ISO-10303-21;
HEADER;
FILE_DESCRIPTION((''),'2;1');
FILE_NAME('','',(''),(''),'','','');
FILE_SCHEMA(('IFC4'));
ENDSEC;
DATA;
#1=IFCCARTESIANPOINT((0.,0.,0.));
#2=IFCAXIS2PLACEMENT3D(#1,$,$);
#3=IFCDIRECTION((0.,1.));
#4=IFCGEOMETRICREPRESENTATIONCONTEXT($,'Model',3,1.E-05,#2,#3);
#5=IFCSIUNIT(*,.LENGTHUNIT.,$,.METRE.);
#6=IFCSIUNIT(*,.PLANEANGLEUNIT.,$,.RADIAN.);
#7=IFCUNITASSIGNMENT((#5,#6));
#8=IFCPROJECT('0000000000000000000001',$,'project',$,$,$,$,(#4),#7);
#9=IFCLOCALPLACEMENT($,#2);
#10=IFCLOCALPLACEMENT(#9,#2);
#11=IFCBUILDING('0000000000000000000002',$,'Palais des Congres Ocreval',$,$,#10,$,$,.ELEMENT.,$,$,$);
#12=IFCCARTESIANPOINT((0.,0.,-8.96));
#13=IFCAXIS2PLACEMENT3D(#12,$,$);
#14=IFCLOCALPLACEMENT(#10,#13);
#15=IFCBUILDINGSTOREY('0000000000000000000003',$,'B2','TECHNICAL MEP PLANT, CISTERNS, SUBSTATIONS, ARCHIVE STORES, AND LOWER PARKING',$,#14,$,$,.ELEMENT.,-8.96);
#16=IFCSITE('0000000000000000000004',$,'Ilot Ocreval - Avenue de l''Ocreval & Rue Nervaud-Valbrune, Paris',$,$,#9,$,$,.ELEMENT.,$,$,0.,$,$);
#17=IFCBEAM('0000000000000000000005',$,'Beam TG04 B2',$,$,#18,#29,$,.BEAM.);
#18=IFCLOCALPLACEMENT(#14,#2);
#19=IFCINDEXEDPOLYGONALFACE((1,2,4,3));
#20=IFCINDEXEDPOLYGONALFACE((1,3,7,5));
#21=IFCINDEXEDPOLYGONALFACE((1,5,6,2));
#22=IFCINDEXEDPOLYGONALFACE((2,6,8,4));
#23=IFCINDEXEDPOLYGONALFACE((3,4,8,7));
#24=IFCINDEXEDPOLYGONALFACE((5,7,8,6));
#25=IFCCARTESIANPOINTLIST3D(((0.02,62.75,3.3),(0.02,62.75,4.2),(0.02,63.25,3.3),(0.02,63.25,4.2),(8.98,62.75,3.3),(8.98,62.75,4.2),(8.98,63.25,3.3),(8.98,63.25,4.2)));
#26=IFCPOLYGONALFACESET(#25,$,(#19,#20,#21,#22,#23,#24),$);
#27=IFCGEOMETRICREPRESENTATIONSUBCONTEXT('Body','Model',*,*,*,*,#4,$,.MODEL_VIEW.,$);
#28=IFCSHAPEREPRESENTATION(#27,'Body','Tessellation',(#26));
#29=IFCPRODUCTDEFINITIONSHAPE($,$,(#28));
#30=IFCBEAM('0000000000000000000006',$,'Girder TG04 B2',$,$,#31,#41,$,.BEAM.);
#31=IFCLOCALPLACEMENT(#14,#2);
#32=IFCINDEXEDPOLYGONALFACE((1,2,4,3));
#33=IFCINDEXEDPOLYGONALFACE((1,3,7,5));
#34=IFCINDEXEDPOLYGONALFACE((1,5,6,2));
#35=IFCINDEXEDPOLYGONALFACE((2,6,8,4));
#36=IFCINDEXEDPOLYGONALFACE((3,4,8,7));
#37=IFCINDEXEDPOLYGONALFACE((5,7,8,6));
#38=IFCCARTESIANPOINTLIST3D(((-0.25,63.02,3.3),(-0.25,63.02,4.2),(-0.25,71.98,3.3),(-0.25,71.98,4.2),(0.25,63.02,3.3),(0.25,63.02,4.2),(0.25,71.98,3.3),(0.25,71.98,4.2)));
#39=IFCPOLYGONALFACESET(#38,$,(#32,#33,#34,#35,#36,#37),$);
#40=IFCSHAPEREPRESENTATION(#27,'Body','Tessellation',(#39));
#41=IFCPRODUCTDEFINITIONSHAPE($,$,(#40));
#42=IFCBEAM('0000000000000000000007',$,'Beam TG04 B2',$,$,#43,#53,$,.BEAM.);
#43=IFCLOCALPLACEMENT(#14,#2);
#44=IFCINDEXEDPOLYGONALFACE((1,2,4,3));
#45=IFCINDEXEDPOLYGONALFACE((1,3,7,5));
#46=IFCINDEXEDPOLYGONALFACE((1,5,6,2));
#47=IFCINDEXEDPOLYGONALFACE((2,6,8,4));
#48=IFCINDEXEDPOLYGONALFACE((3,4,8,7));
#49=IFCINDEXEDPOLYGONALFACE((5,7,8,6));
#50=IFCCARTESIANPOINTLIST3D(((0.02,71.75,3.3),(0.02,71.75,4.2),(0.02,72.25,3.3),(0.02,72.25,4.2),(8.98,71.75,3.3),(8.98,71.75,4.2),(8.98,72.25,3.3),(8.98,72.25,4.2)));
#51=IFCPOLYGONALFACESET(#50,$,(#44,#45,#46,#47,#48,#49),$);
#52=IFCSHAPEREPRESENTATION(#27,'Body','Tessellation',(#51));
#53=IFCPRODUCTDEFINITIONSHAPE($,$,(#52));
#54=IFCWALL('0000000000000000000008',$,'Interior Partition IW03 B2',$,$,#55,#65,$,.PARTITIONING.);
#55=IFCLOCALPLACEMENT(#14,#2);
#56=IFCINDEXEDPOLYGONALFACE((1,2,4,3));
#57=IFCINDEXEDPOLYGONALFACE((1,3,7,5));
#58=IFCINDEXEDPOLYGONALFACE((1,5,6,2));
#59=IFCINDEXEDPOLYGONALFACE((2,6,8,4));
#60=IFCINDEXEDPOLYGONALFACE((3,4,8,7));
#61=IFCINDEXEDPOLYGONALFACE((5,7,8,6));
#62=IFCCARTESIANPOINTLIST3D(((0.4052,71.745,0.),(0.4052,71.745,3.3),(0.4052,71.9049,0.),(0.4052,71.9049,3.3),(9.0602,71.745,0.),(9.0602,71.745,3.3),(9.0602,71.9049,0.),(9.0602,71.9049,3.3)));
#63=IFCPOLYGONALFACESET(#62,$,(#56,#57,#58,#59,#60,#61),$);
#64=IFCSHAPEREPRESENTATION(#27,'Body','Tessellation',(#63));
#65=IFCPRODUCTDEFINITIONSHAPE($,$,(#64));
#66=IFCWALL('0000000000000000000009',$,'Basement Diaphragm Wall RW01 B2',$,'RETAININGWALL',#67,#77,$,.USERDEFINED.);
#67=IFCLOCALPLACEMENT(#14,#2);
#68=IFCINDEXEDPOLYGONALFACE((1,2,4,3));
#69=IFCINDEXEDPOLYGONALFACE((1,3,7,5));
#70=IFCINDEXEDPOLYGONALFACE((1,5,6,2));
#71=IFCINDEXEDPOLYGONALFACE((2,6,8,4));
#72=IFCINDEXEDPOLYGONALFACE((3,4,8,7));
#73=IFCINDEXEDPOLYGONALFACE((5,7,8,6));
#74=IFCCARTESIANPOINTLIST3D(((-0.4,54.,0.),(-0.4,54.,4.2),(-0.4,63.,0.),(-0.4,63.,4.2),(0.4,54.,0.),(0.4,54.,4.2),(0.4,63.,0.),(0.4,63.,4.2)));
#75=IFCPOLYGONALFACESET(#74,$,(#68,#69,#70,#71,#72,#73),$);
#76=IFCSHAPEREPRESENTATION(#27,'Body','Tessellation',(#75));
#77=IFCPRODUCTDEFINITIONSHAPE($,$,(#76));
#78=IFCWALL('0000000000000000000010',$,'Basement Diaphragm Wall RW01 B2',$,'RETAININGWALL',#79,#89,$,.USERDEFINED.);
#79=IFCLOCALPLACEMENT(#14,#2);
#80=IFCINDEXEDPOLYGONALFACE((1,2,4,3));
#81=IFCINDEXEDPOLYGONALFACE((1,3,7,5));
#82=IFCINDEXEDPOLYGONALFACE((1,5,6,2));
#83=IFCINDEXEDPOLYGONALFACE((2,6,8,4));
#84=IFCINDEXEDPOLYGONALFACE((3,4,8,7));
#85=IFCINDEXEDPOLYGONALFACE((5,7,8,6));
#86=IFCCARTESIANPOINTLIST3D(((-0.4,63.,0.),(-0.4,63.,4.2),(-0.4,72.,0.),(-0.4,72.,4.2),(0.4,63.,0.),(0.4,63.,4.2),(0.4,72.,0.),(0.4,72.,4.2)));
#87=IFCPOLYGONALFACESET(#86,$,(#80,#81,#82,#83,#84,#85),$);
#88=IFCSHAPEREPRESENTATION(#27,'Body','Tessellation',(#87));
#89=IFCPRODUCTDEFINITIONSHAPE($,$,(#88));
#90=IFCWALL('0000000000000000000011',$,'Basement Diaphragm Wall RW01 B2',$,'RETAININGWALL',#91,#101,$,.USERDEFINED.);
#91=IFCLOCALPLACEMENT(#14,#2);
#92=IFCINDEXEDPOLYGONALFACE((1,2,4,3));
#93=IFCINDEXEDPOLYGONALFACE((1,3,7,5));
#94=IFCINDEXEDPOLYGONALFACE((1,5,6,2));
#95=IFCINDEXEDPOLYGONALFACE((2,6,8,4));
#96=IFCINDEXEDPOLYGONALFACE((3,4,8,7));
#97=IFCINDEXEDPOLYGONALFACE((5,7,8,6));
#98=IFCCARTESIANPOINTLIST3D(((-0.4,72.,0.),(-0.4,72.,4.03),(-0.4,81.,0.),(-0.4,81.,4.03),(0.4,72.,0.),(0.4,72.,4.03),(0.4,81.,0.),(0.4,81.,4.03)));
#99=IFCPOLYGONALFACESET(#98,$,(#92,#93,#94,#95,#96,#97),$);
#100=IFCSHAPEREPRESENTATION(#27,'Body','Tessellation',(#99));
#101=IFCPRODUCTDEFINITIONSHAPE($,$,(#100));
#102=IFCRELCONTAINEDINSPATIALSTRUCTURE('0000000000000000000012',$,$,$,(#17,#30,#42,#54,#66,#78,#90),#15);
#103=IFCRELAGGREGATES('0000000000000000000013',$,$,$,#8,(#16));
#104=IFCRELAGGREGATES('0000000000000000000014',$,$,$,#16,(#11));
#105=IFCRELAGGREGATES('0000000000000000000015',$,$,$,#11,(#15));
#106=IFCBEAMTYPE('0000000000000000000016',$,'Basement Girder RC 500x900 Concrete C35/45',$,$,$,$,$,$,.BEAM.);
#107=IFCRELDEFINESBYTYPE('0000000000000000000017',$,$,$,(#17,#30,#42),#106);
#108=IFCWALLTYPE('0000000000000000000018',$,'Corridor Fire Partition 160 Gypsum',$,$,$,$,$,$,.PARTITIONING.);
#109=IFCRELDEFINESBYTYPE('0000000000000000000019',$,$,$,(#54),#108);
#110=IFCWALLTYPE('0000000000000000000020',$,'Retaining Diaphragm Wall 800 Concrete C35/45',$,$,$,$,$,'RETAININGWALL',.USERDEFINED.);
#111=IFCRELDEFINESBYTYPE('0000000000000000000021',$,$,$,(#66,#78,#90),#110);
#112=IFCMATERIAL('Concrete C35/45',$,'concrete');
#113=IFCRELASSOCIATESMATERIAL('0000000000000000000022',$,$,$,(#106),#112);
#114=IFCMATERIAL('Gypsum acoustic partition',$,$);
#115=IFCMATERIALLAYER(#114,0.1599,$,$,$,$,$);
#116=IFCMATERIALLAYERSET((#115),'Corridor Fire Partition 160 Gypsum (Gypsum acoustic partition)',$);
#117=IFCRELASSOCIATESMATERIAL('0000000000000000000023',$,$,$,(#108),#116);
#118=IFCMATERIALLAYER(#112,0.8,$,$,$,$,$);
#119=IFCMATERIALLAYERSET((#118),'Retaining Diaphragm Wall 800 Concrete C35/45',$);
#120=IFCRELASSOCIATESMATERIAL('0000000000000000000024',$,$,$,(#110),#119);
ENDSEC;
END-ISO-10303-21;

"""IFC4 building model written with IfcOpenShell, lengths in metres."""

from ifc_helpers import new_model, si_unit, direction, frame, frame_2d, origin, origin_2d, place, context, subcontext, project, spatial, rectangle, extrude, material, layer, layer_set, material_profile, profile_set, type_object, element, save


model = new_model("IFC4")

# Units and contexts
model_context = context("Model", 3, precision=1e-05, world=origin(), true_north=direction((0.0, 1.0)))
body_context = subcontext(model_context, "Body", "Model", "MODEL_VIEW")
ifc_project = project(units=[si_unit("LENGTHUNIT", "METRE"), si_unit("PLANEANGLEUNIT", "RADIAN")], contexts=[model_context])

# Site, building, storey
site_placement = place(None, origin())
site = spatial("IfcSite", under=ifc_project, at=site_placement, Name="Ilot Ocreval - Avenue de l'Ocreval & Rue Nervaud-Valbrune, Paris", CompositionType="ELEMENT", RefElevation=0.0)
building_placement = place(site_placement, origin())
building = spatial("IfcBuilding", under=site, at=building_placement, Name="Palais des Congres Ocreval", CompositionType="ELEMENT")
storey_placement = place(building_placement, frame((0.0, 0.0, -8.96)))
storey = spatial("IfcBuildingStorey", under=building, at=storey_placement, Name="B2", Description="TECHNICAL MEP PLANT, CISTERNS, SUBSTATIONS, ARCHIVE STORES, AND LOWER PARKING", CompositionType="ELEMENT", Elevation=-8.96)

# Shared definitions
ifc_material_1 = material(Name="Concrete C35/45", Category="concrete")

# Beams
ifc_material_profile_1 = material_profile(ifc_material_1, rectangle(XDim=0.5, YDim=0.8999, at=origin_2d()), Name="RC 500x900")
ifc_profile_set_1 = profile_set([ifc_material_profile_1], Name="Concrete C35/45")
beam_type = type_object("IfcBeamType", Name="Basement Girder RC 500x900 Concrete C35/45", PredefinedType="BEAM", material=ifc_profile_set_1)
for number, where, z_axis, x_axis, name in (
    (1, (0.02, 63.0, 3.75), (1.0, 0.0, 0.0), (0.0, 1.0, 0.0), "Beam TG04 B2"),
    (2, (0.0, 63.02, 3.75), (0.0, 1.0, 0.0), (-1.0, 0.0, 0.0), "Girder TG04 B2"),
    (3, (0.02, 72.0, 3.75), (1.0, 0.0, 0.0), (0.0, 1.0, 0.0), "Beam TG04 B2"),
):
    element("IfcBeam", number, at=place(storey_placement, frame(where, z_axis=z_axis, x_axis=x_axis)), inside=storey, type_object=beam_type, Name=name, PredefinedType="BEAM", context=body_context, shape_type="SweptSolid", body=[
        extrude(rectangle(XDim=0.5, YDim=0.8999, at=origin_2d()), origin(), (0.0, 0.0, 1.0), 8.96),
    ])

# Walls
ifc_material_2 = material(Name="Gypsum acoustic partition")
ifc_layer_1 = layer(ifc_material_2, 0.1599)
ifc_layer_set_1 = layer_set([ifc_layer_1], Name="Corridor Fire Partition 160 Gypsum (Gypsum acoustic partition)")
wall_type_1 = type_object("IfcWallType", Name="Corridor Fire Partition 160 Gypsum", PredefinedType="PARTITIONING", material=ifc_layer_set_1)
wall_1_placement = place(storey_placement, frame((0.405, 71.825, 0.0), z_axis=(0.0, 0.0, 1.0), x_axis=(1.0, 0.0, 0.0)))
element("IfcWall", 4, at=wall_1_placement, inside=storey, type_object=wall_type_1, Name="Interior Partition IW03 B2", PredefinedType="PARTITIONING", context=body_context, shape_type="SweptSolid", body=[
    extrude(rectangle(XDim=8.655, YDim=0.1599, at=frame_2d((4.3276, 0.0))), origin(), (0.0, 0.0, 1.0), 3.3),
])
ifc_layer_2 = layer(ifc_material_1, 0.8)
ifc_layer_set_2 = layer_set([ifc_layer_2], Name="Retaining Diaphragm Wall 800 Concrete C35/45")
wall_type_2 = type_object("IfcWallType", Name="Retaining Diaphragm Wall 800 Concrete C35/45", ElementType="RETAININGWALL", PredefinedType="USERDEFINED", material=ifc_layer_set_2)
for number, where, z_axis, x_axis, name in (
    (5, (0.0, 54.0, 0.0), (0.0, 0.0, 1.0), (0.0, 1.0, 0.0), "Basement Diaphragm Wall RW01 B2"),
    (6, (0.0, 63.0, 0.0), (0.0, 0.0, 1.0), (0.0, 1.0, 0.0), "Basement Diaphragm Wall RW01 B2"),
):
    element("IfcWall", number, at=place(storey_placement, frame(where, z_axis=z_axis, x_axis=x_axis)), inside=storey, type_object=wall_type_2, Name=name, ObjectType="RETAININGWALL", PredefinedType="USERDEFINED", context=body_context, shape_type="SweptSolid", body=[
        extrude(rectangle(XDim=9.0, YDim=0.8, at=frame_2d((4.5, 0.0))), origin(), (0.0, 0.0, 1.0), 4.2),
    ])
wall_2_placement = place(storey_placement, frame((0.0, 72.0, 0.0), z_axis=(0.0, 0.0, 1.0), x_axis=(0.0, 1.0, 0.0)))
element("IfcWall", 7, at=wall_2_placement, inside=storey, type_object=wall_type_2, Name="Basement Diaphragm Wall RW01 B2", ObjectType="RETAININGWALL", PredefinedType="USERDEFINED", context=body_context, shape_type="SweptSolid", body=[
    extrude(rectangle(XDim=9.0, YDim=0.8, at=frame_2d((4.5, 0.0))), origin(), (0.0, 0.0, 1.0), 4.03),
])

save(model, "model.ifc")
